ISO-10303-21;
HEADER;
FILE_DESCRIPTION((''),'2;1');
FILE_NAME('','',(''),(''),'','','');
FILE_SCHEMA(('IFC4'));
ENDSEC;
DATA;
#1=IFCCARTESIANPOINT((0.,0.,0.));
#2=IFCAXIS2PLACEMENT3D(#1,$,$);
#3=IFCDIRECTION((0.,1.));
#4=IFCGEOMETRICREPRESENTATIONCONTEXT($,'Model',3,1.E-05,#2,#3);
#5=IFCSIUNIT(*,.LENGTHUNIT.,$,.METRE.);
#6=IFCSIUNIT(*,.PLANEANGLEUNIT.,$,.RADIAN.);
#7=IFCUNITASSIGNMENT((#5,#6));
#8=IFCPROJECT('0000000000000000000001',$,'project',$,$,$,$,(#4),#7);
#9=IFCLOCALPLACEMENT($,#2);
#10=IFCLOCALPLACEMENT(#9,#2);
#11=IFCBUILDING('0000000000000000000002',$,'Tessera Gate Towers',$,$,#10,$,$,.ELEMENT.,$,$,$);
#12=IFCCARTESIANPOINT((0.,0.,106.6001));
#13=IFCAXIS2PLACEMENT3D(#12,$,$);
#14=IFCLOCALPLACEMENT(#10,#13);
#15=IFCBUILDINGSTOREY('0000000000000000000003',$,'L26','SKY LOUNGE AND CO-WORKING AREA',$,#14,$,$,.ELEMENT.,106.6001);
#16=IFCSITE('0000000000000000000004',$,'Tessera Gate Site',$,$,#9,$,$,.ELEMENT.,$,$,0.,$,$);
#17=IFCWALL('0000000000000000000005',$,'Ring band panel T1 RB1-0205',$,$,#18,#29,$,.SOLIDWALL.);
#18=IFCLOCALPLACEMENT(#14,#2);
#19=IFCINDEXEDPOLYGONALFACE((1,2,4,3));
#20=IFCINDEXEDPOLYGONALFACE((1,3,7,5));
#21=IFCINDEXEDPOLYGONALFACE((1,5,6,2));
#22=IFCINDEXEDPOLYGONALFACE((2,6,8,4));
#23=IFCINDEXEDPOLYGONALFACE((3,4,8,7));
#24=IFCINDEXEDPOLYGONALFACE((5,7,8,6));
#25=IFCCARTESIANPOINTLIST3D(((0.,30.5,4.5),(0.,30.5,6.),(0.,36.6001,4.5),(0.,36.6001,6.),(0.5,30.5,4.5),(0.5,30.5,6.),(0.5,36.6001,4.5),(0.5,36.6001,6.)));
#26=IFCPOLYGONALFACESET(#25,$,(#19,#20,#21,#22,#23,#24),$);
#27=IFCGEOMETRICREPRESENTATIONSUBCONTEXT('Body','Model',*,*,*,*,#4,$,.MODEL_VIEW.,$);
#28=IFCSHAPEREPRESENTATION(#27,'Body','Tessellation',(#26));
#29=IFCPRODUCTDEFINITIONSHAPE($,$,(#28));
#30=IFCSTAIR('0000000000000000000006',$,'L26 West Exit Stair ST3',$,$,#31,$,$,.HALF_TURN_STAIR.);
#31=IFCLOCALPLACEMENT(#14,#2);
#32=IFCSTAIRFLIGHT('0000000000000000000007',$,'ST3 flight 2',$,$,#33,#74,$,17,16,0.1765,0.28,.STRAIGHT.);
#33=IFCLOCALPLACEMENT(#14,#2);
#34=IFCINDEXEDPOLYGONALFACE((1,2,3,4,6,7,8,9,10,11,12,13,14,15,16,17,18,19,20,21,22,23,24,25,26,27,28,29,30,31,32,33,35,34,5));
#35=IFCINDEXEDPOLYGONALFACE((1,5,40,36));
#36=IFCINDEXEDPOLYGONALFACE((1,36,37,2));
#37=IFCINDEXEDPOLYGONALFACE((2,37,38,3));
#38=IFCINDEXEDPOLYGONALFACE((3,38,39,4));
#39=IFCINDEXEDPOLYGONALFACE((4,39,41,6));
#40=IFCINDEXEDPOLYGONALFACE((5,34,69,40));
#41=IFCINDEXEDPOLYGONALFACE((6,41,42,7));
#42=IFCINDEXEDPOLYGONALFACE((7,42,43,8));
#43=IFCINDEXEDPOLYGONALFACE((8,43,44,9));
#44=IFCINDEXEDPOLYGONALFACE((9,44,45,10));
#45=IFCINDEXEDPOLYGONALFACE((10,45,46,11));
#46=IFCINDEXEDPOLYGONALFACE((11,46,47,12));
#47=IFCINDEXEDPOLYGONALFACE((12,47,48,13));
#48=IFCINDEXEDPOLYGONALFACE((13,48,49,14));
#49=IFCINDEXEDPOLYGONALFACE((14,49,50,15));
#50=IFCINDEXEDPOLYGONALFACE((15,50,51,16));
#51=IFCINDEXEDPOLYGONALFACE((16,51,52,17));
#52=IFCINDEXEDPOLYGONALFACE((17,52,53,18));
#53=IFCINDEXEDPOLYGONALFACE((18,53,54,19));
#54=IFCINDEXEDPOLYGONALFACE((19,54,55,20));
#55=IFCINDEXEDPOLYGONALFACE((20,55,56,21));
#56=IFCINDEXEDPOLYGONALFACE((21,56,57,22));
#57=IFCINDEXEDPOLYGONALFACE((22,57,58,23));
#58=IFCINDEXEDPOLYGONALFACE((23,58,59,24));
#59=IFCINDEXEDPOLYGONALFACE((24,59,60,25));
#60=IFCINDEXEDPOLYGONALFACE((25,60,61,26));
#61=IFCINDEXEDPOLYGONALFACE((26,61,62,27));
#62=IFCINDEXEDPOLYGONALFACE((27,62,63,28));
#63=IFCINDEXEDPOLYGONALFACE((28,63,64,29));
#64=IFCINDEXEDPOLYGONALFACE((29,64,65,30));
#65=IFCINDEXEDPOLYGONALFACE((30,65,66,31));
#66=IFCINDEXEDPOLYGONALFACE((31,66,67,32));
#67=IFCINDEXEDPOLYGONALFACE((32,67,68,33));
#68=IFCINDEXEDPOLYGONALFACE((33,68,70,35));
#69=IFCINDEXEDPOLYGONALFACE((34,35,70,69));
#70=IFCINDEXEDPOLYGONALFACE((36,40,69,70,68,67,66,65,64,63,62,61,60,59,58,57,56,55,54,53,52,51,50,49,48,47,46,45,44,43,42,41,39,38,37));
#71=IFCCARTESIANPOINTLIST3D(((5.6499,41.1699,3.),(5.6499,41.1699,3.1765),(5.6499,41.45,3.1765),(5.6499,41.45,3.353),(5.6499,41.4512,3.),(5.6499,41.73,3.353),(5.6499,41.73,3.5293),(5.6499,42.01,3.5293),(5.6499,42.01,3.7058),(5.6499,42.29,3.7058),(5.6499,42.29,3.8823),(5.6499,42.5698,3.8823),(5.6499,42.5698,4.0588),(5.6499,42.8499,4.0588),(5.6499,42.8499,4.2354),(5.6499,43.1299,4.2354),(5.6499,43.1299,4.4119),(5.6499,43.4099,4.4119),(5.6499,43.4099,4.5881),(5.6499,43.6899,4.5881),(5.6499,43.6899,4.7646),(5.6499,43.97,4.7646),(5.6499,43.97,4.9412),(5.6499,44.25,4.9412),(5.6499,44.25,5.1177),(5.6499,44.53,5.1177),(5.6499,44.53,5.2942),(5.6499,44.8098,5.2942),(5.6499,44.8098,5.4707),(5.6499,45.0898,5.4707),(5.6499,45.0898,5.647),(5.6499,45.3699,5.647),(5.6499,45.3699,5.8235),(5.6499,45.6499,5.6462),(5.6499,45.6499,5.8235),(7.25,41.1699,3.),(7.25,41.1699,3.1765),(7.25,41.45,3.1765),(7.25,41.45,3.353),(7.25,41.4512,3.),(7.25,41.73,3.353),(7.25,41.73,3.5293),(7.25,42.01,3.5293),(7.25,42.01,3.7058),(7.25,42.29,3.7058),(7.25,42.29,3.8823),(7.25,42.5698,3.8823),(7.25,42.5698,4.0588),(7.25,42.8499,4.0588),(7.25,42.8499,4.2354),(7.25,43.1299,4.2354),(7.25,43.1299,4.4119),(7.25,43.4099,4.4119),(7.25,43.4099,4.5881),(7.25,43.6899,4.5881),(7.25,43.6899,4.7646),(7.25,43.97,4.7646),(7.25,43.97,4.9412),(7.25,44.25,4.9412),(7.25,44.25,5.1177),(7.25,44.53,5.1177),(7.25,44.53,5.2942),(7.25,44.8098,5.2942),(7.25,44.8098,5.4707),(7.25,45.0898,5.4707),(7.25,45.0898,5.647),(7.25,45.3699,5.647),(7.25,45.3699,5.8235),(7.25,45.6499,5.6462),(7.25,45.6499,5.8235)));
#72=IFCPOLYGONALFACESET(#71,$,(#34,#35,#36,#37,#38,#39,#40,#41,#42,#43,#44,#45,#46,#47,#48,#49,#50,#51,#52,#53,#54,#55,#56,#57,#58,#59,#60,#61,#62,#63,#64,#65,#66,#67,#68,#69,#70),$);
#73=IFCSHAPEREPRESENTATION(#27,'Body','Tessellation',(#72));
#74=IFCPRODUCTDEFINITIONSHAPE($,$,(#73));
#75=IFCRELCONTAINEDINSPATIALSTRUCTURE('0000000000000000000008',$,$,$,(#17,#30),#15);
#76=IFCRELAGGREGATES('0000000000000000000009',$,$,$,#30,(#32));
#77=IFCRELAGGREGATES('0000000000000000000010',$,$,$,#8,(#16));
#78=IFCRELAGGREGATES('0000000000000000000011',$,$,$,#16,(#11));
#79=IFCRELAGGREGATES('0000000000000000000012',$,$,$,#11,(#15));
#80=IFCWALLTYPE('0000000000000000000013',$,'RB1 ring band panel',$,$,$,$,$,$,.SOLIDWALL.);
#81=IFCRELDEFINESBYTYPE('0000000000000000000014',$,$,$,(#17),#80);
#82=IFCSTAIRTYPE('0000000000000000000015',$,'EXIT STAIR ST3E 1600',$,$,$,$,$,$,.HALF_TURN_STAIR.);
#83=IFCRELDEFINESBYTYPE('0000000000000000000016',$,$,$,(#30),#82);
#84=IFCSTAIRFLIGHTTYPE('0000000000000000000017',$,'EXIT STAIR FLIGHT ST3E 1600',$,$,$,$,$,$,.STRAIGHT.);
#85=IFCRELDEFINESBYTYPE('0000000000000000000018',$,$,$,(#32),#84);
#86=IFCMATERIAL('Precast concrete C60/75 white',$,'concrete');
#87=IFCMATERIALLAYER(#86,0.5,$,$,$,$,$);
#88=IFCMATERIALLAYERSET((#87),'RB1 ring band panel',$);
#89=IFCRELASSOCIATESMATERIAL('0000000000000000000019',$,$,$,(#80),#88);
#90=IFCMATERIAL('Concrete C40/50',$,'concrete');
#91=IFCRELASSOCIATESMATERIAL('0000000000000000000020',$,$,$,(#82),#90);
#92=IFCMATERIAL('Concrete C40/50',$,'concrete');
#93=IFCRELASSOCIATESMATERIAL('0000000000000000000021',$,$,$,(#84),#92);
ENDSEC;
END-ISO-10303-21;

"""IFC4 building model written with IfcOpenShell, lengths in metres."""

from ifc_helpers import new_model, si_unit, direction, frame, origin, place, context, subcontext, project, spatial, polyline, outline, extrude, source, transform, mapped, material, layer, layer_set, type_object, element, aggregate, save


model = new_model("IFC4")

# Units and contexts
model_context = context("Model", 3, precision=1e-05, world=origin(), true_north=direction((0.0, 1.0)))
body_context = subcontext(model_context, "Body", "Model", "MODEL_VIEW")
ifc_project = project(units=[si_unit("LENGTHUNIT", "METRE"), si_unit("PLANEANGLEUNIT", "RADIAN")], contexts=[model_context])

# Site, building, storey
site_placement = place(None, origin())
site = spatial("IfcSite", under=ifc_project, at=site_placement, Name="Tessera Gate Site", CompositionType="ELEMENT", RefElevation=0.0)
building_placement = place(site_placement, origin())
building = spatial("IfcBuilding", under=site, at=building_placement, Name="Tessera Gate Towers", CompositionType="ELEMENT")
storey_placement = place(building_placement, frame((0.0, 0.0, 106.6001)))
storey = spatial("IfcBuildingStorey", under=building, at=storey_placement, Name="L26", Description="SKY LOUNGE AND CO-WORKING AREA", CompositionType="ELEMENT", Elevation=106.6001)

# Wall
ifc_material_1 = material(Name="Precast concrete C60/75 white", Category="concrete")
ifc_layer_1 = layer(ifc_material_1, 0.5)
ifc_layer_set_1 = layer_set([ifc_layer_1], Name="RB1 ring band panel")
wall_type_1 = type_object("IfcWallType", Name="RB1 ring band panel", PredefinedType="SOLIDWALL", material=ifc_layer_set_1)
shared_shape_1 = source(origin(), body_context, "Body", "SweptSolid", [
    extrude(outline(polyline([(0.0, 0.0), (6.1001, 0.0), (6.1001, 1.5), (0.0, 1.5), (0.0, 0.0)])), frame((0.0, 0.25, 0.0), z_axis=(0.0, -1.0, 0.0), x_axis=(1.0, 0.0, 0.0)), (0.0, 0.0, 1.0), 0.5),
])
wall_1_placement = place(storey_placement, frame((0.25, 36.6001, 4.5), z_axis=(0.0, 0.0, 1.0), x_axis=(0.0, -1.0, 0.0)))
element("IfcWall", 1, at=wall_1_placement, inside=storey, type_object=wall_type_1, Name="Ring band panel T1 RB1-0205", PredefinedType="SOLIDWALL", context=body_context, shape_type="MappedRepresentation", body=[
    mapped(shared_shape_1, transform((0.0, 0.0, 0.0), scale=1.0)),
])

# Stair, stair flight
ifc_material_2 = material(Name="Concrete C40/50", Category="concrete")
stair_type = type_object("IfcStairType", Name="EXIT STAIR ST3E 1600", PredefinedType="HALF_TURN_STAIR", material=ifc_material_2)
stair_placement = place(storey_placement, origin())
stair = element("IfcStair", 2, at=stair_placement, inside=storey, type_object=stair_type, Name="L26 West Exit Stair ST3", PredefinedType="HALF_TURN_STAIR")
ifc_material_3 = material(Name="Concrete C40/50", Category="concrete")
stair_flight_type = type_object("IfcStairFlightType", Name="EXIT STAIR FLIGHT ST3E 1600", PredefinedType="STRAIGHT", material=ifc_material_3)
stair_flight_placement = place(storey_placement, frame((6.45, 41.1699, 3.0), z_axis=(0.0, 0.0, 1.0), x_axis=(0.0, 1.0, 0.0)))
stair_flight = element("IfcStairFlight", 3, at=stair_flight_placement, type_object=stair_flight_type, Name="ST3 flight 2", NumberOfRisers=17, NumberOfTreads=16, PredefinedType="STRAIGHT", RiserHeight=0.1765, TreadLength=0.28, context=body_context, shape_type="SweptSolid", body=[
    extrude(outline(polyline([(0.0, 0.0), (0.0, 0.1765), (0.28, 0.1765), (0.28, 0.353), (0.5601, 0.353), (0.5601, 0.5293), (0.8401, 0.5293), (0.8401, 0.7058), (1.1201, 0.7058), (1.1201, 0.8823), (1.3999, 0.8823), (1.3999, 1.0588), (1.6799, 1.0588), (1.6799, 1.2354), (1.96, 1.2354), (1.96, 1.4119), (2.24, 1.4119), (2.24, 1.5881), (2.52, 1.5881), (2.52, 1.7646), (2.8, 1.7646), (2.8, 1.9412), (3.0801, 1.9412), (3.0801, 2.1177), (3.3601, 2.1177), (3.3601, 2.2942), (3.6399, 2.2942), (3.6399, 2.4707), (3.9199, 2.4707), (3.9199, 2.647), (4.2, 2.647), (4.2, 2.8235), (4.48, 2.8235), (4.48, 3.0), (4.48, 2.6462), (0.2812, 0.0), (0.0, 0.0)])), frame((0.0, 0.8, 0.0), z_axis=(0.0, -1.0, 0.0), x_axis=(1.0, 0.0, 0.0)), (0.0, 0.0, 1.0), 1.6001),
])
aggregate(stair, [stair_flight])

save(model, "model.ifc")
